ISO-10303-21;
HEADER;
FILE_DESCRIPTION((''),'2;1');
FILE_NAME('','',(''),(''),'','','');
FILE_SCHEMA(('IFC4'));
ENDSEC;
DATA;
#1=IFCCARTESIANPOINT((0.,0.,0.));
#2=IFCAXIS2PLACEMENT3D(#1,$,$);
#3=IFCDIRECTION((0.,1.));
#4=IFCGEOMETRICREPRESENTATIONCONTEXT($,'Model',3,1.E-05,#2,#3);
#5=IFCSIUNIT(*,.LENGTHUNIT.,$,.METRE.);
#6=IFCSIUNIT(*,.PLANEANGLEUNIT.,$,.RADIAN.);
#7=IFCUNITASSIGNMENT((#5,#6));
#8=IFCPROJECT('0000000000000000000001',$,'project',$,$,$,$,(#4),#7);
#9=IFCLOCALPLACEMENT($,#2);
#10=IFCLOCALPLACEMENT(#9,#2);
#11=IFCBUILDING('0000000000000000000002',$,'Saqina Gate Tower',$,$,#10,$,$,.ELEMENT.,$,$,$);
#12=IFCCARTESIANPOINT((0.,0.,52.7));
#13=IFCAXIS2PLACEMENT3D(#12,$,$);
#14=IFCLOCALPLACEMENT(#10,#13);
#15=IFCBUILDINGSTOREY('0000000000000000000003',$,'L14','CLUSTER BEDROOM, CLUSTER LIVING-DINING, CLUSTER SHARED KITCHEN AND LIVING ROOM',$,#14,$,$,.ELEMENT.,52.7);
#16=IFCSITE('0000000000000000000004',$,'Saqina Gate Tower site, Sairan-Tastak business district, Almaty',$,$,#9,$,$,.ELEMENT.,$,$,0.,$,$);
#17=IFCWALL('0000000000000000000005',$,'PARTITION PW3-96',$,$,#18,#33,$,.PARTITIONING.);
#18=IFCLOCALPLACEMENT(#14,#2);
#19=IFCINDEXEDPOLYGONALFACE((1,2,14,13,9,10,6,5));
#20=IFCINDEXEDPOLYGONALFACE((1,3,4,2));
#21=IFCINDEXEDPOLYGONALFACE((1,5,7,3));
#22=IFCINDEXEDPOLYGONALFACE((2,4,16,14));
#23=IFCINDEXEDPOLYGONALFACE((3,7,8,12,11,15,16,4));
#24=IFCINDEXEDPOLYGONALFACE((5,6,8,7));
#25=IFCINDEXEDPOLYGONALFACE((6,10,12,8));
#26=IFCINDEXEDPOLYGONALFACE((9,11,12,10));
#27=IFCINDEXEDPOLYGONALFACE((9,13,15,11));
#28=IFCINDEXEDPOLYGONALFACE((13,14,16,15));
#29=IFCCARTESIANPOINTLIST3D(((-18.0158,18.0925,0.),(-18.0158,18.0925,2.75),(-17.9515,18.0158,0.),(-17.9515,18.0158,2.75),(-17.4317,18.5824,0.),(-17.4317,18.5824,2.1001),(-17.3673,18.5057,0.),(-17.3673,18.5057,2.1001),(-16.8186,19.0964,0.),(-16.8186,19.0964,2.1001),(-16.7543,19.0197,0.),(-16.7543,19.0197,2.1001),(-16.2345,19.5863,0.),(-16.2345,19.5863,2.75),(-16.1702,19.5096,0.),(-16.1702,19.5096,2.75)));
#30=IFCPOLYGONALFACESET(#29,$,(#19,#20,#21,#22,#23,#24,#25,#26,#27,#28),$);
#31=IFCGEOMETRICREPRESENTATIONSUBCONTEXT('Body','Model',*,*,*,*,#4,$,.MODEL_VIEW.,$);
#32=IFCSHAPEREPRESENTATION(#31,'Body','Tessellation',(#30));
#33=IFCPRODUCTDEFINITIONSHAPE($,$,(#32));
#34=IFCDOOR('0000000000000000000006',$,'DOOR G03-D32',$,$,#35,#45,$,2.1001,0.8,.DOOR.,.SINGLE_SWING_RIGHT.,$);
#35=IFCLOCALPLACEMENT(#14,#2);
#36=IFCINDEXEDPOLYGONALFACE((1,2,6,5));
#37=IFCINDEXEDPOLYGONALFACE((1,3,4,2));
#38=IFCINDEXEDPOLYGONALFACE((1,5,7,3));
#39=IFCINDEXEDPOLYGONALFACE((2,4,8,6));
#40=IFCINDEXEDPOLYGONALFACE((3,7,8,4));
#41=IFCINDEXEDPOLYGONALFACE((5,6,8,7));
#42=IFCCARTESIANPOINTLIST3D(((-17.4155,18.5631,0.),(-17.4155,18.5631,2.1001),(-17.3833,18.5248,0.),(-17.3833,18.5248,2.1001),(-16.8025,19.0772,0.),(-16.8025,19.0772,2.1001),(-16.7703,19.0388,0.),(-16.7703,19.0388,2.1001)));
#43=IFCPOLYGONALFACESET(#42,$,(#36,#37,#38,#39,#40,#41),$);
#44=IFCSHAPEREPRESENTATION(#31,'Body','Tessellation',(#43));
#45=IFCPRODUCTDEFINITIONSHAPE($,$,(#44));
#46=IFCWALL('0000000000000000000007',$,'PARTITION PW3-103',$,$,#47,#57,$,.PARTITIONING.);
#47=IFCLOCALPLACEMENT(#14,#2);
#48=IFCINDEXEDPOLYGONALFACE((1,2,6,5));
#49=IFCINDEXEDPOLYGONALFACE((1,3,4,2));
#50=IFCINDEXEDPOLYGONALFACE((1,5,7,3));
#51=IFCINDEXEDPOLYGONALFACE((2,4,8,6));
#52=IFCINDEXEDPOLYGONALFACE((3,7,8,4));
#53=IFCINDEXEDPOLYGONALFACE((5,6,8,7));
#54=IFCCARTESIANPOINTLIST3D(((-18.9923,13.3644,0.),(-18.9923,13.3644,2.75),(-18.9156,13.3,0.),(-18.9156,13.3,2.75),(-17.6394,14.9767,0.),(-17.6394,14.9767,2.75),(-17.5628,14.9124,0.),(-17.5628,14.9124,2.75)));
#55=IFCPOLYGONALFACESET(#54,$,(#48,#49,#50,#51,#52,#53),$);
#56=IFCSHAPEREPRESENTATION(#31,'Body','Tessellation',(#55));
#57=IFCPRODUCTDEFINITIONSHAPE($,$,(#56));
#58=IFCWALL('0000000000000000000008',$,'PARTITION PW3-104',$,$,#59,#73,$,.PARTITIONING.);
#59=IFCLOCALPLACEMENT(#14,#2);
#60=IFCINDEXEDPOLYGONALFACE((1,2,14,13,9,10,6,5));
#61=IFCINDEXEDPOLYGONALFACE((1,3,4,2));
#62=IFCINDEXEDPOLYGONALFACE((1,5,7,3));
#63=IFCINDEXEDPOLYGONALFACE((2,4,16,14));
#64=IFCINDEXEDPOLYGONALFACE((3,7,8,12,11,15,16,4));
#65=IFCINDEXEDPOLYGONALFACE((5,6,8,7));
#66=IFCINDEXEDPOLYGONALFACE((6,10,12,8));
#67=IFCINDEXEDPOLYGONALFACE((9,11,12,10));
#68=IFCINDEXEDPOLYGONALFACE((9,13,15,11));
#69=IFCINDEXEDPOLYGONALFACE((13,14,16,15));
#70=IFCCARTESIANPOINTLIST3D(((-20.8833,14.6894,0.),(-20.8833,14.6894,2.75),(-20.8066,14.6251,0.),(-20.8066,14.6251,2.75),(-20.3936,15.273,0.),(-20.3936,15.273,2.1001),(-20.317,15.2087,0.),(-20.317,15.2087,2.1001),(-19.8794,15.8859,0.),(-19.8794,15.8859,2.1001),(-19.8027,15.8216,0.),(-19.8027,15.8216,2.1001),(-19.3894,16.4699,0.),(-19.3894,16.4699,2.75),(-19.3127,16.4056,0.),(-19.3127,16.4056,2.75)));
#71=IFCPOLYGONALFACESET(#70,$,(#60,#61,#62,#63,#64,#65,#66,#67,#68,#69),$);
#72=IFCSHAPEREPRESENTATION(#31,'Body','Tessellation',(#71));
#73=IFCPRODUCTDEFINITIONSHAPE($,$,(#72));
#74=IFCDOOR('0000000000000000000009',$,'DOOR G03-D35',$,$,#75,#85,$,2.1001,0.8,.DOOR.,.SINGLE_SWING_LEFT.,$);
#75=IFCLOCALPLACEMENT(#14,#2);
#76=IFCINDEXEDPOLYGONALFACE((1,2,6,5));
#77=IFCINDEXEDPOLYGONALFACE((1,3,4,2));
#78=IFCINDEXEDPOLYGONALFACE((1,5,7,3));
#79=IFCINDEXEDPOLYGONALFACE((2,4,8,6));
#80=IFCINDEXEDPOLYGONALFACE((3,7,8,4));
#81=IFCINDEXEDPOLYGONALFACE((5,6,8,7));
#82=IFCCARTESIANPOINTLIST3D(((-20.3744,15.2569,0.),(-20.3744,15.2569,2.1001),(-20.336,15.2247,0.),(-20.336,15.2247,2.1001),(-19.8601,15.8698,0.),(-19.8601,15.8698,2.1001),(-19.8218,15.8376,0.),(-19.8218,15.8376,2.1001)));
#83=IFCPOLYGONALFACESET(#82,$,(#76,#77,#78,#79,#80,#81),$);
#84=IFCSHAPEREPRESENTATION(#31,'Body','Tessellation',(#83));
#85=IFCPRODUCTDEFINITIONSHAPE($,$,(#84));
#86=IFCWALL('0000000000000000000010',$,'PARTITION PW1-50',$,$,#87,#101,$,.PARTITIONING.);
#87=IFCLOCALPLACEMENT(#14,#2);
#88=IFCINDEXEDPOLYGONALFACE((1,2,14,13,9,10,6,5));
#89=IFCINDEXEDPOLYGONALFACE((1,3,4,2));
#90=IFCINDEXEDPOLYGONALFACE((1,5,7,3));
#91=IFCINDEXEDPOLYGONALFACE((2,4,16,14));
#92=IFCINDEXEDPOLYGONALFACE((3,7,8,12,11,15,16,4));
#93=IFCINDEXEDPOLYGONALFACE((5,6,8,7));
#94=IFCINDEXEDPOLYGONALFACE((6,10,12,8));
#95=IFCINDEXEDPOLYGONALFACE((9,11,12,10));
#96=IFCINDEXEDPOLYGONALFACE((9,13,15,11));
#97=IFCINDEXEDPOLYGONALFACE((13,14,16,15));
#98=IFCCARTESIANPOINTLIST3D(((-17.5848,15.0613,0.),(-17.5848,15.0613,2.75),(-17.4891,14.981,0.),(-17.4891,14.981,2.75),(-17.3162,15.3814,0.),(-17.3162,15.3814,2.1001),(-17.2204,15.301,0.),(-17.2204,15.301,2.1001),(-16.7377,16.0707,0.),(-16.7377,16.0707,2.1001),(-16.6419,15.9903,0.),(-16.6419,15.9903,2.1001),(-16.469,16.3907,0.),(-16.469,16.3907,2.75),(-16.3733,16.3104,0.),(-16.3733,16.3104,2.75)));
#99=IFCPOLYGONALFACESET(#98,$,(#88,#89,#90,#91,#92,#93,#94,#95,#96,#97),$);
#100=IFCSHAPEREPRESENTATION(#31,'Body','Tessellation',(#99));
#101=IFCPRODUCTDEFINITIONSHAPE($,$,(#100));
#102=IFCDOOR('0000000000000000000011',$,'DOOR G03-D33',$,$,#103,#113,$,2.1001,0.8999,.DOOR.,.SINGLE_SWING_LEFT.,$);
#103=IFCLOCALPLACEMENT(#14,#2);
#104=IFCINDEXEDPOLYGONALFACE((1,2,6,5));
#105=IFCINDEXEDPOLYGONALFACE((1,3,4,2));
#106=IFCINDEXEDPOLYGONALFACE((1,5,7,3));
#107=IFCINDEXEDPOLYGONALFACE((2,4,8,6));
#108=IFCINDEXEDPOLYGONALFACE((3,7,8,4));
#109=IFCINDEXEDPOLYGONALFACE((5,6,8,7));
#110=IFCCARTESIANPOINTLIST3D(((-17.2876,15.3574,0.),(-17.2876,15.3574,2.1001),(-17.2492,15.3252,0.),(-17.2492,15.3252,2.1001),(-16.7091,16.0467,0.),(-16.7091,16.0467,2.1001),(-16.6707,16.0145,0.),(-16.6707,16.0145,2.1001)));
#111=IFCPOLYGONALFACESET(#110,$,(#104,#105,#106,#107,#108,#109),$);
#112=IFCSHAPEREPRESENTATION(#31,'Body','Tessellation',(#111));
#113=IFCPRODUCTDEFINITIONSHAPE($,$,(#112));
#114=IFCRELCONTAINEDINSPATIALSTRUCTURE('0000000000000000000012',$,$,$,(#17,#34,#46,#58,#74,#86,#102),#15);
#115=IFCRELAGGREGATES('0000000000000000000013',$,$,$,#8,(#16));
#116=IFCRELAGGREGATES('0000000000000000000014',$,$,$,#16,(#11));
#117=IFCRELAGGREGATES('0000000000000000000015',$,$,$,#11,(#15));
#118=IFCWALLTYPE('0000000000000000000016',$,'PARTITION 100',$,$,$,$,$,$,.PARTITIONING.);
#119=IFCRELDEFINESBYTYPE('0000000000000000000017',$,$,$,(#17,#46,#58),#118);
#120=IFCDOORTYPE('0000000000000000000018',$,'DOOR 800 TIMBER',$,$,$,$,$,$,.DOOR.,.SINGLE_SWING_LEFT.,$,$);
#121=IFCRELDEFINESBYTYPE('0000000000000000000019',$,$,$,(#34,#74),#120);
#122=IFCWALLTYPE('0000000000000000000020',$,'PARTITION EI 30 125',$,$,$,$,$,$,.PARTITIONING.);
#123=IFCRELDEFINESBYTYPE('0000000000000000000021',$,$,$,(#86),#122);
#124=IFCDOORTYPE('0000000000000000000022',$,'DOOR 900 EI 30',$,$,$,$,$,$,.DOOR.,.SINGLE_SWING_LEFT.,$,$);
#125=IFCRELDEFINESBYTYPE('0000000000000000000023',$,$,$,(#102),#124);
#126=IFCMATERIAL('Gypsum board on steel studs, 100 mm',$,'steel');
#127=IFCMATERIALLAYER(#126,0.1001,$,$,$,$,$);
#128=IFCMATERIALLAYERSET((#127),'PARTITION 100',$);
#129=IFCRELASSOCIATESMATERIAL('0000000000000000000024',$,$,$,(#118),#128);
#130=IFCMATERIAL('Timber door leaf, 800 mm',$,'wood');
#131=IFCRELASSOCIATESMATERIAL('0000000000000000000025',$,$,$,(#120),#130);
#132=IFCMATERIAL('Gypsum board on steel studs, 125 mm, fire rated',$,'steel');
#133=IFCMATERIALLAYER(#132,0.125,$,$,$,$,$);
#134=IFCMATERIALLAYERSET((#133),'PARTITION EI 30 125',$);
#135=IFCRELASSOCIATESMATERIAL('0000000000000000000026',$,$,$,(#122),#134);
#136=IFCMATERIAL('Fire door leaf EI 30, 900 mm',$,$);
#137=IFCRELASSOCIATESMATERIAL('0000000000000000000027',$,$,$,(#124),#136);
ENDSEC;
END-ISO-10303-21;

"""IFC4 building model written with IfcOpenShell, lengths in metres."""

from ifc_helpers import new_model, si_unit, direction, frame, frame_2d, origin, place, context, subcontext, project, spatial, rectangle, extrude, material, layer, layer_set, type_object, element, fill, save


model = new_model("IFC4")

# Units and contexts
model_context = context("Model", 3, precision=1e-05, world=origin(), true_north=direction((0.0, 1.0)))
body_context = subcontext(model_context, "Body", "Model", "MODEL_VIEW")
ifc_project = project(units=[si_unit("LENGTHUNIT", "METRE"), si_unit("PLANEANGLEUNIT", "RADIAN")], contexts=[model_context])

# Site, building, storey
site_placement = place(None, origin())
site = spatial("IfcSite", under=ifc_project, at=site_placement, Name="Saqina Gate Tower site, Sairan-Tastak business district, Almaty", CompositionType="ELEMENT", RefElevation=0.0)
building_placement = place(site_placement, origin())
building = spatial("IfcBuilding", under=site, at=building_placement, Name="Saqina Gate Tower", CompositionType="ELEMENT")
storey_placement = place(building_placement, frame((0.0, 0.0, 52.7)))
storey = spatial("IfcBuildingStorey", under=building, at=storey_placement, Name="L14", Description="CLUSTER BEDROOM, CLUSTER LIVING-DINING, CLUSTER SHARED KITCHEN AND LIVING ROOM", CompositionType="ELEMENT", Elevation=52.7)

# Shared definitions
ifc_material_1 = material(Name="Gypsum board on steel studs, 100 mm", Category="steel")
ifc_layer_1 = layer(ifc_material_1, 0.1001)
ifc_layer_set_1 = layer_set([ifc_layer_1], Name="PARTITION 100")
wall_type_1 = type_object("IfcWallType", Name="PARTITION 100", PredefinedType="PARTITIONING", material=ifc_layer_set_1)

# Wall, opening, door
wall_1_placement = place(storey_placement, frame((-17.9836, 18.0542, 0.0), z_axis=(0.0, 0.0, 1.0), x_axis=(0.766255, 0.642537, 0.0)))
wall_1 = element("IfcWall", 1, at=wall_1_placement, inside=storey, type_object=wall_type_1, Name="PARTITION PW3-96", PredefinedType="PARTITIONING", context=body_context, shape_type="SweptSolid", body=[
    extrude(rectangle(XDim=2.3247, YDim=0.1001, at=frame_2d((1.1624, 0.0))), origin(), (0.0, 0.0, 1.0), 2.75),
])
opening_1_placement = place(wall_1_placement, frame((0.7625, 0.0, 0.0)))
opening_1 = element("IfcOpeningElement", 2, at=opening_1_placement, cuts=wall_1, PredefinedType="OPENING", context=body_context, shape_type="SweptSolid", body=[
    extrude(rectangle(XDim=0.8, YDim=2.1001, at=frame_2d((0.3999, 1.05))), frame((0.0, 0.062, 0.0), z_axis=(0.0, -1.0, 0.0), x_axis=(1.0, 0.0, 0.0)), (0.0, 0.0, 1.0), 0.124),
])
ifc_material_2 = material(Name="Timber door leaf, 800 mm", Category="wood")
door_type_1 = type_object("IfcDoorType", Name="DOOR 800 TIMBER", OperationType="SINGLE_SWING_LEFT", PredefinedType="DOOR", material=ifc_material_2)
door_1_placement = place(opening_1_placement, origin())
door_1 = element("IfcDoor", 3, at=door_1_placement, inside=storey, type_object=door_type_1, Name="DOOR G03-D32", OperationType="SINGLE_SWING_RIGHT", OverallHeight=2.1001, OverallWidth=0.8, PredefinedType="DOOR", context=body_context, shape_type="SweptSolid", body=[
    extrude(rectangle(XDim=0.8, YDim=2.1001, at=frame_2d((0.3999, 1.05))), frame((0.0, 0.0249, 0.0), z_axis=(0.0, -1.0, 0.0), x_axis=(1.0, 0.0, 0.0)), (0.0, 0.0, 1.0), 0.05),
])
fill(opening_1, door_1)

# Wall
wall_2_placement = place(storey_placement, frame((-18.9539, 13.3323, 0.0), z_axis=(0.0, 0.0, 1.0), x_axis=(0.642759, 0.766068, 0.0)))
element("IfcWall", 4, at=wall_2_placement, inside=storey, type_object=wall_type_1, Name="PARTITION PW3-103", PredefinedType="PARTITIONING", context=body_context, shape_type="SweptSolid", body=[
    extrude(rectangle(XDim=2.1047, YDim=0.1001, at=frame_2d((1.0522, 0.0))), origin(), (0.0, 0.0, 1.0), 2.75),
])

# Walls, openings, doors
wall_3_placement = place(storey_placement, frame((-20.845, 14.6572, 0.0), z_axis=(0.0, 0.0, 1.0), x_axis=(0.642753, 0.766073, 0.0)))
wall_3 = element("IfcWall", 5, at=wall_3_placement, inside=storey, type_object=wall_type_1, Name="PARTITION PW3-104", PredefinedType="PARTITIONING", context=body_context, shape_type="SweptSolid", body=[
    extrude(rectangle(XDim=2.3242, YDim=0.1001, at=frame_2d((1.1621, 0.0))), origin(), (0.0, 0.0, 1.0), 2.75),
])
opening_2_placement = place(wall_3_placement, frame((0.762, 0.0, 0.0)))
opening_2 = element("IfcOpeningElement", 6, at=opening_2_placement, cuts=wall_3, PredefinedType="OPENING", context=body_context, shape_type="SweptSolid", body=[
    extrude(rectangle(XDim=0.8, YDim=2.1001, at=frame_2d((0.3999, 1.05))), frame((0.0, 0.062, 0.0), z_axis=(0.0, -1.0, 0.0), x_axis=(1.0, 0.0, 0.0)), (0.0, 0.0, 1.0), 0.124),
])
door_2_placement = place(opening_2_placement, origin())
door_2 = element("IfcDoor", 7, at=door_2_placement, inside=storey, type_object=door_type_1, Name="DOOR G03-D35", OperationType="SINGLE_SWING_LEFT", OverallHeight=2.1001, OverallWidth=0.8, PredefinedType="DOOR", context=body_context, shape_type="SweptSolid", body=[
    extrude(rectangle(XDim=0.8, YDim=2.1001, at=frame_2d((0.3999, 1.05))), frame((0.0, 0.0249, 0.0), z_axis=(0.0, -1.0, 0.0), x_axis=(1.0, 0.0, 0.0)), (0.0, 0.0, 1.0), 0.05),
])
fill(opening_2, door_2)
ifc_material_3 = material(Name="Gypsum board on steel studs, 125 mm, fire rated", Category="steel")
ifc_layer_2 = layer(ifc_material_3, 0.125)
ifc_layer_set_2 = layer_set([ifc_layer_2], Name="PARTITION EI 30 125")
wall_type_2 = type_object("IfcWallType", Name="PARTITION EI 30 125", PredefinedType="PARTITIONING", material=ifc_layer_set_2)
wall_4_placement = place(storey_placement, frame((-17.5369, 15.0212, 0.0), z_axis=(0.0, 0.0, 1.0), x_axis=(0.642879, 0.765968, 0.0)))
wall_4 = element("IfcWall", 8, at=wall_4_placement, inside=storey, type_object=wall_type_2, Name="PARTITION PW1-50", PredefinedType="PARTITIONING", context=body_context, shape_type="SweptSolid", body=[
    extrude(rectangle(XDim=1.7356, YDim=0.125, at=frame_2d((0.8677, 0.0))), origin(), (0.0, 0.0, 1.0), 2.75),
])
opening_3_placement = place(wall_4_placement, frame((0.4177, 0.0, 0.0)))
opening_3 = element("IfcOpeningElement", 9, at=opening_3_placement, cuts=wall_4, PredefinedType="OPENING", context=body_context, shape_type="SweptSolid", body=[
    extrude(rectangle(XDim=0.8999, YDim=2.1001, at=frame_2d((0.45, 1.05))), frame((0.0, 0.0745, 0.0), z_axis=(0.0, -1.0, 0.0), x_axis=(1.0, 0.0, 0.0)), (0.0, 0.0, 1.0), 0.1489),
])
ifc_material_4 = material(Name="Fire door leaf EI 30, 900 mm")
door_type_2 = type_object("IfcDoorType", Name="DOOR 900 EI 30", OperationType="SINGLE_SWING_LEFT", PredefinedType="DOOR", material=ifc_material_4)
door_3_placement = place(opening_3_placement, frame((0.8999, 0.0, 0.0), z_axis=(0.0, 0.0, 1.0), x_axis=(-1.0, 0.0, 0.0)))
door_3 = element("IfcDoor", 10, at=door_3_placement, inside=storey, type_object=door_type_2, Name="DOOR G03-D33", OperationType="SINGLE_SWING_LEFT", OverallHeight=2.1001, OverallWidth=0.8999, PredefinedType="DOOR", context=body_context, shape_type="SweptSolid", body=[
    extrude(rectangle(XDim=0.8999, YDim=2.1001, at=frame_2d((0.45, 1.05))), frame((0.0, 0.0249, 0.0), z_axis=(0.0, -1.0, 0.0), x_axis=(1.0, 0.0, 0.0)), (0.0, 0.0, 1.0), 0.05),
])
fill(opening_3, door_3)

save(model, "model.ifc")
